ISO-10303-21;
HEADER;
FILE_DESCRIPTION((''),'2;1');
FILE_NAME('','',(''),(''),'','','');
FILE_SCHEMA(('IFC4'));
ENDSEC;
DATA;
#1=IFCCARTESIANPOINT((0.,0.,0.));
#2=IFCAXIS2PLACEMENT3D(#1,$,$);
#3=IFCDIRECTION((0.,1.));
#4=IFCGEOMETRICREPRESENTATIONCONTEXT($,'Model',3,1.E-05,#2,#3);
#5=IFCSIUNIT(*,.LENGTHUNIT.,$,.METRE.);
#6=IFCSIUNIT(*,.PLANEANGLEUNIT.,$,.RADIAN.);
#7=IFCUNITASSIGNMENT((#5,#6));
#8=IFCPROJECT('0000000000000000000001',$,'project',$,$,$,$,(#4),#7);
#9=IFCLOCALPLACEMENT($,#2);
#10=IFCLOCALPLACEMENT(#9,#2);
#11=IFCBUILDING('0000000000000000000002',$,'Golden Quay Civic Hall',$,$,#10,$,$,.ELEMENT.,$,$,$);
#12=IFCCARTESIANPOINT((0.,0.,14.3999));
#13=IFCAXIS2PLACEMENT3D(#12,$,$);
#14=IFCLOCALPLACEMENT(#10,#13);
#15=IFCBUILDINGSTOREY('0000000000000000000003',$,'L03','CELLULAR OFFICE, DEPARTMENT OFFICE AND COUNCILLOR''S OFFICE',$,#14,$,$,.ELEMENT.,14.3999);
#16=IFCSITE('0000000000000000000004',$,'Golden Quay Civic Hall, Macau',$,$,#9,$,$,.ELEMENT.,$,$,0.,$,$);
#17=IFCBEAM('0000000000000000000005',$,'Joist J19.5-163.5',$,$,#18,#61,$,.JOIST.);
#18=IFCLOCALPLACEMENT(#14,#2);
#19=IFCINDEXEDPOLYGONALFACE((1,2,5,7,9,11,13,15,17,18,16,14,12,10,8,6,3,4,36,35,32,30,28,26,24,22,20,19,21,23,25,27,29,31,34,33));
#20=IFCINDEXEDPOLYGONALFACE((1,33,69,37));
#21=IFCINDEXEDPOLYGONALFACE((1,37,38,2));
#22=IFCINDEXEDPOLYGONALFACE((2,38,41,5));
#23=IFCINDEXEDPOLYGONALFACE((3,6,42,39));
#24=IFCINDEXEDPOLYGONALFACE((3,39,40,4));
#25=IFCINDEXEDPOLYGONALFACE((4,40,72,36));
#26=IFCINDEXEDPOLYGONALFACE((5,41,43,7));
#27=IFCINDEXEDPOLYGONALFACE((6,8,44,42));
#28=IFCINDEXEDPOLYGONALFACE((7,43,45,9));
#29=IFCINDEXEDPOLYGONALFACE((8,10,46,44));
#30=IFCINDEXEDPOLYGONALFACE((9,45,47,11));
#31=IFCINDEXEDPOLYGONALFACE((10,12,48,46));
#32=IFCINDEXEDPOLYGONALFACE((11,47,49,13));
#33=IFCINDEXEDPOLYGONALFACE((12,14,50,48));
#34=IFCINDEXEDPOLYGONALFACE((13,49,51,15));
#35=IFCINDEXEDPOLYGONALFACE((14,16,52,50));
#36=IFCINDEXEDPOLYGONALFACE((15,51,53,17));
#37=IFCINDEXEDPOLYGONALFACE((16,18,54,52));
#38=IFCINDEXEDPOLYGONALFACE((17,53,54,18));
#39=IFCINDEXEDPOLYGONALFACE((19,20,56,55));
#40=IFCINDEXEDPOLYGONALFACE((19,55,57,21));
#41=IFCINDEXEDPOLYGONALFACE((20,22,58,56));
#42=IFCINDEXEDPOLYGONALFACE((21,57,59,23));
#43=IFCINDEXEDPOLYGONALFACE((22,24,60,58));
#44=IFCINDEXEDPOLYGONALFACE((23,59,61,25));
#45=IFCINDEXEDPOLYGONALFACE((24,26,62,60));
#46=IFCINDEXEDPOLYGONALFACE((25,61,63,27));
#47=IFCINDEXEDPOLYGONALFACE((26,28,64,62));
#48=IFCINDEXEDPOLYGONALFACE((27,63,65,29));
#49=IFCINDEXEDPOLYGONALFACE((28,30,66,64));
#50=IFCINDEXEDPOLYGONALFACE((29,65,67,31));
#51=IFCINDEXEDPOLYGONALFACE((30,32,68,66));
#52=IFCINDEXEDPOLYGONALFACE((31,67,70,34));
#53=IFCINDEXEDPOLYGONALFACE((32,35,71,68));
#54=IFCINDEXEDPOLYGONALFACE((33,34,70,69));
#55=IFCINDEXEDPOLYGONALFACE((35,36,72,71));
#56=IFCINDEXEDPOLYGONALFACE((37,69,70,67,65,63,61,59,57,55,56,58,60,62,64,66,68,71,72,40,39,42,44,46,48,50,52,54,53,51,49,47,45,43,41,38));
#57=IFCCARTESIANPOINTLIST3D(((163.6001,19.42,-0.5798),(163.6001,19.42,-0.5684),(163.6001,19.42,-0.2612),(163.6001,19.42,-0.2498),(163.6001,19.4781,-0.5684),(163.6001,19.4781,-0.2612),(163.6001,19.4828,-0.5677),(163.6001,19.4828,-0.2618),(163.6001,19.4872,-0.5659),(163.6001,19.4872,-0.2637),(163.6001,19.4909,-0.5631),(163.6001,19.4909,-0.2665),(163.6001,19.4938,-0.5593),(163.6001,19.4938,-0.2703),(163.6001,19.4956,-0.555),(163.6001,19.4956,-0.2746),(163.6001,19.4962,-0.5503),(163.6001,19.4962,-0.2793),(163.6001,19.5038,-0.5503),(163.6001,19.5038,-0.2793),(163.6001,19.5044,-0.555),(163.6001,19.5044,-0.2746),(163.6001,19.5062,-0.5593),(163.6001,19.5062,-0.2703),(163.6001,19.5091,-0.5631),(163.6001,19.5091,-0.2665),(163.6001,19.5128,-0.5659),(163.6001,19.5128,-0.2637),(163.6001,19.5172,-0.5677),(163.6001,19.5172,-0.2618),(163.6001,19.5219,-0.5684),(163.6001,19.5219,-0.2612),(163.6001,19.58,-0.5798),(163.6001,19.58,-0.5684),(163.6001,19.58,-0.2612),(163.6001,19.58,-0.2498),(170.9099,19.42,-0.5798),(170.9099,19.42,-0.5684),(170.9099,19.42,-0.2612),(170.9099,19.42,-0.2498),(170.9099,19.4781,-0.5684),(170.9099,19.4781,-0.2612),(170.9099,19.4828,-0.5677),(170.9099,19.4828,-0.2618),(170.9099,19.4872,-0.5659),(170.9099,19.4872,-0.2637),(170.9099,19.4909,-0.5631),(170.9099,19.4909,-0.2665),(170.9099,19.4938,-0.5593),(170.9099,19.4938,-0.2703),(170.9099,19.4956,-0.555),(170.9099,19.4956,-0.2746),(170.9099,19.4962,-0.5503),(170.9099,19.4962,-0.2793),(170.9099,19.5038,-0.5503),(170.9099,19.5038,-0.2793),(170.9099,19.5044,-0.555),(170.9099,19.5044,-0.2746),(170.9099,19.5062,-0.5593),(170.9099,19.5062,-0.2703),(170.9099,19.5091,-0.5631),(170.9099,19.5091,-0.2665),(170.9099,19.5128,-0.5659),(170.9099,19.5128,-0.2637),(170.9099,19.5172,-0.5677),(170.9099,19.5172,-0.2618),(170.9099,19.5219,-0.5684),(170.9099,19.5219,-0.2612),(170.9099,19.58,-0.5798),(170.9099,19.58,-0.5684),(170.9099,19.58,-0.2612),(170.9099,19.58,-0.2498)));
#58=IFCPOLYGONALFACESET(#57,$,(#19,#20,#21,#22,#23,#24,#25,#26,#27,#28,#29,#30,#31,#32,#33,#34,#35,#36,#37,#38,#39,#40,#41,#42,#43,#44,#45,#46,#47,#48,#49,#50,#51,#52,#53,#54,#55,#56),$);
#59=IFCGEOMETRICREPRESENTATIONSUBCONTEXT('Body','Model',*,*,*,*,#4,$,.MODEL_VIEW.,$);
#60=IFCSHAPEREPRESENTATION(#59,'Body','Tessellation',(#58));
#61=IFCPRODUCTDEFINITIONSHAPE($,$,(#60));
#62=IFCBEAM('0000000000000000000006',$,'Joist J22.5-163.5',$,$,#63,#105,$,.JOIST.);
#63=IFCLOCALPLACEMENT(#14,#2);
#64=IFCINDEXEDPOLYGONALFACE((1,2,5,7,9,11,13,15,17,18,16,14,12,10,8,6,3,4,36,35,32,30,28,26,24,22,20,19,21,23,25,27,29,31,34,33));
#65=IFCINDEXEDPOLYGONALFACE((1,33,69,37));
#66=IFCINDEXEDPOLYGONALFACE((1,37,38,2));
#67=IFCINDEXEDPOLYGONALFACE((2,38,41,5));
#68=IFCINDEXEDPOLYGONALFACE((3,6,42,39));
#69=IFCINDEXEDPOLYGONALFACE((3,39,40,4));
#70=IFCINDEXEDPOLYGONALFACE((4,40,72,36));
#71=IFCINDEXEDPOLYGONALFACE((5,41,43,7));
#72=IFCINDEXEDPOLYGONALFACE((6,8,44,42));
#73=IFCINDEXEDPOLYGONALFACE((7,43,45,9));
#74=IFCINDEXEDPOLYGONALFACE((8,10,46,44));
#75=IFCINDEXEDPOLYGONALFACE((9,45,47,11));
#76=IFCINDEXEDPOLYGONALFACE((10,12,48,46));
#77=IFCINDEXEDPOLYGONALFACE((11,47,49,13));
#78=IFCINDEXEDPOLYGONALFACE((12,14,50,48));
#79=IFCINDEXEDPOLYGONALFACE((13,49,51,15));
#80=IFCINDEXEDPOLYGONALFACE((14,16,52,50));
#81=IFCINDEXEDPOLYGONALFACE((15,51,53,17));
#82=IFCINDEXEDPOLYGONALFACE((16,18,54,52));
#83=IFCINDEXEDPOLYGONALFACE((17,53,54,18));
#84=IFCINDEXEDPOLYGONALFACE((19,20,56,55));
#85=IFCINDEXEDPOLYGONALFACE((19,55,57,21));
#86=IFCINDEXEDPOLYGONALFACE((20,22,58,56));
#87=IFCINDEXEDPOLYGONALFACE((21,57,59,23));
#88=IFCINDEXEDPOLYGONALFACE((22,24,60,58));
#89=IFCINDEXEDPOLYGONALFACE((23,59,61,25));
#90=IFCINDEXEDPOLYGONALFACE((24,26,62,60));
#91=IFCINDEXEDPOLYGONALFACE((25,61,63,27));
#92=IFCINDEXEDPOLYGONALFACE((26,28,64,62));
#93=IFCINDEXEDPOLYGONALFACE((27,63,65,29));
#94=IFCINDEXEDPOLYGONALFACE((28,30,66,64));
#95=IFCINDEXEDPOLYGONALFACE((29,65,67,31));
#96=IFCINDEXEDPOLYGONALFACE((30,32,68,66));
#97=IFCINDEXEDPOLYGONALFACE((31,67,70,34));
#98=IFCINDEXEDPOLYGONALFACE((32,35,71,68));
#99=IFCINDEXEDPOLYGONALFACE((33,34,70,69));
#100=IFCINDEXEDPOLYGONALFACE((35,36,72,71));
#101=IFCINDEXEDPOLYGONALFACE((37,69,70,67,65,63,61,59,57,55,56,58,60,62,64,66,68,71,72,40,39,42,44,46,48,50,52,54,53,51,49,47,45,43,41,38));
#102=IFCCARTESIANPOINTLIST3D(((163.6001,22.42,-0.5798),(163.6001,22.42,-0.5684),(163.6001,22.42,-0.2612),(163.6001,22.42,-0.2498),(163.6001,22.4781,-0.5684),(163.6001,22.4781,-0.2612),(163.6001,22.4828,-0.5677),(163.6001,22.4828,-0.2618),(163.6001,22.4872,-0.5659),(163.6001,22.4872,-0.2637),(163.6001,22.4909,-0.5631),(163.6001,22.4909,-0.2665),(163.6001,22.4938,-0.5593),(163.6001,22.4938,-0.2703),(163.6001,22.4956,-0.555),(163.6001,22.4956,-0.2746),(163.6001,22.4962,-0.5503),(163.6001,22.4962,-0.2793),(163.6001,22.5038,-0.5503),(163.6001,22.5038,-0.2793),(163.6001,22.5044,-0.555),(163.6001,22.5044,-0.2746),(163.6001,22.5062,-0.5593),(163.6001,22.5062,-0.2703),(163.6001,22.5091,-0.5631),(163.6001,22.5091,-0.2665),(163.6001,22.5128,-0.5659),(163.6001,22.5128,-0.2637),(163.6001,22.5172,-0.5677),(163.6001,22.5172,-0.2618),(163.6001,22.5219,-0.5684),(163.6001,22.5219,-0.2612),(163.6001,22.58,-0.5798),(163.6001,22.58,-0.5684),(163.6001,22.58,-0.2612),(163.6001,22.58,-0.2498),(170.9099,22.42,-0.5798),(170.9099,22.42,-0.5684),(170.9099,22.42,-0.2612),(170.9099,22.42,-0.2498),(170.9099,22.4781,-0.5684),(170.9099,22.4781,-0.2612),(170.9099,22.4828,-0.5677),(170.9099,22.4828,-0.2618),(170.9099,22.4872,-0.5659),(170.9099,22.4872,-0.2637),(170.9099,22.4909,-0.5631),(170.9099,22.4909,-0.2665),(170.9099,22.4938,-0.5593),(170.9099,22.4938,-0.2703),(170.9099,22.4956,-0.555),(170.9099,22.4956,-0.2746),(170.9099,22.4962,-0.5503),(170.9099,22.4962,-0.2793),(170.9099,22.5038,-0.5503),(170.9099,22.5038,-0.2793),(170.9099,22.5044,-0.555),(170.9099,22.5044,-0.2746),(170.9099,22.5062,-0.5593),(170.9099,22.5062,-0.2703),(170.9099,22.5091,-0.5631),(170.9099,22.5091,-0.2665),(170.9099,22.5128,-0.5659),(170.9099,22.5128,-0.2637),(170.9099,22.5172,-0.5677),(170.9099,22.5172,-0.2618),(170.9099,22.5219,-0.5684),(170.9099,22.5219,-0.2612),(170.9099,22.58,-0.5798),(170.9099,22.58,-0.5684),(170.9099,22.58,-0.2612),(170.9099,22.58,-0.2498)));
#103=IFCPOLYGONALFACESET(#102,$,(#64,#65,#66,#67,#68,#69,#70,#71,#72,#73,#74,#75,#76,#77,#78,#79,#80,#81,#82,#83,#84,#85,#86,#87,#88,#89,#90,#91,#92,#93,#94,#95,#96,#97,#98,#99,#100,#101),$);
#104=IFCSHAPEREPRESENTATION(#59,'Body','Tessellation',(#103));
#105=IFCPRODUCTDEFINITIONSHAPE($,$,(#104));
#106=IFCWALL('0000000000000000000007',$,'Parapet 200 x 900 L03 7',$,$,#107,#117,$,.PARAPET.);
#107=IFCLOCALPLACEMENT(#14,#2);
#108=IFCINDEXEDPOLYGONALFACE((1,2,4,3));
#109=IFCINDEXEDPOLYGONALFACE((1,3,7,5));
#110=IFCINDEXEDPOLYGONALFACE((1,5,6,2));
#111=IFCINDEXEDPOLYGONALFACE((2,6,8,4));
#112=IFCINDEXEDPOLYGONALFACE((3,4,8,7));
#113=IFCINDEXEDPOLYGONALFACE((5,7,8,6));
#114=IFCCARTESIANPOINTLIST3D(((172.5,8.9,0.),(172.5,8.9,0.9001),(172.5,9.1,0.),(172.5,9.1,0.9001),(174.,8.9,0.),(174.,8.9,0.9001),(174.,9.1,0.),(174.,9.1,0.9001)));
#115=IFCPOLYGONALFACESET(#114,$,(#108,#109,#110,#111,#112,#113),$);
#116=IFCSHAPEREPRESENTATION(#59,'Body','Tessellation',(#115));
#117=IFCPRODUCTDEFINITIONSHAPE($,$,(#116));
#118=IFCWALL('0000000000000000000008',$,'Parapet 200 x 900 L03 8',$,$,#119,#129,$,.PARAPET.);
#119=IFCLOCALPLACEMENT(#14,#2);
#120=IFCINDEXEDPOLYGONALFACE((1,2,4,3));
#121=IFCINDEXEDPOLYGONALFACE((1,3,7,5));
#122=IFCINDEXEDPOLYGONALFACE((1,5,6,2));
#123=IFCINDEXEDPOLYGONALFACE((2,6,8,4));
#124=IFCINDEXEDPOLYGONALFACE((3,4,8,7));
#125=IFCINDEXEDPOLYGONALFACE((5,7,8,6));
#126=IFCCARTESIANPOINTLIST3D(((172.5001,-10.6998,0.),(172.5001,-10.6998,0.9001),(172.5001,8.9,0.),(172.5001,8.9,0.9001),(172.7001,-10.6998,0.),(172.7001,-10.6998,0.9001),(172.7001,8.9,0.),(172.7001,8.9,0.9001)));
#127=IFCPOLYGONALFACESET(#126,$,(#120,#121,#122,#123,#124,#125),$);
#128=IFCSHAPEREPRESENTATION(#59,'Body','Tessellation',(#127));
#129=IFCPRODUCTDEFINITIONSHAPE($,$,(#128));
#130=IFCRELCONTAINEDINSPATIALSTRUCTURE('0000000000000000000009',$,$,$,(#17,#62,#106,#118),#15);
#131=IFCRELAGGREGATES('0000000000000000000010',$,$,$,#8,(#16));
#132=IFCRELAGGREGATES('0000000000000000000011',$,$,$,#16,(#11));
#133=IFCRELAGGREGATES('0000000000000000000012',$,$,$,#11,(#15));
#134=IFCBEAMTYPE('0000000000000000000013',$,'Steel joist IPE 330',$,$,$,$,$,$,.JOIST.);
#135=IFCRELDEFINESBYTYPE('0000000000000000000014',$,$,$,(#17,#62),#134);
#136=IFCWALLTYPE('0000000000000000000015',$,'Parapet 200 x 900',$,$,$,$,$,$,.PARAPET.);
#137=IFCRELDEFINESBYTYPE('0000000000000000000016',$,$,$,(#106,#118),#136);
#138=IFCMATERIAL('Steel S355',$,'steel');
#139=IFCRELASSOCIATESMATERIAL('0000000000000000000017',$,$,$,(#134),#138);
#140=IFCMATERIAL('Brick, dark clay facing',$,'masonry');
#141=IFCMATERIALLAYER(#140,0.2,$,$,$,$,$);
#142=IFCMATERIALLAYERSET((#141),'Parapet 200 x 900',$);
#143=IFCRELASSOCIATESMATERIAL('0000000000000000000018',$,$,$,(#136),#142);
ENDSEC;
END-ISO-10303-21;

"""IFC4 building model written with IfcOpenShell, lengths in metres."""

from ifc_helpers import new_model, si_unit, direction, frame, frame_2d, origin, origin_2d, place, context, subcontext, project, spatial, rectangle, i_section, extrude, material, layer, layer_set, material_profile, profile_set, type_object, element, save


model = new_model("IFC4")

# Units and contexts
model_context = context("Model", 3, precision=1e-05, world=origin(), true_north=direction((0.0, 1.0)))
body_context = subcontext(model_context, "Body", "Model", "MODEL_VIEW")
ifc_project = project(units=[si_unit("LENGTHUNIT", "METRE"), si_unit("PLANEANGLEUNIT", "RADIAN")], contexts=[model_context])

# Site, building, storey
site_placement = place(None, origin())
site = spatial("IfcSite", under=ifc_project, at=site_placement, Name="Golden Quay Civic Hall, Macau", CompositionType="ELEMENT", RefElevation=0.0)
building_placement = place(site_placement, origin())
building = spatial("IfcBuilding", under=site, at=building_placement, Name="Golden Quay Civic Hall", CompositionType="ELEMENT")
storey_placement = place(building_placement, frame((0.0, 0.0, 14.3999)))
storey = spatial("IfcBuildingStorey", under=building, at=storey_placement, Name="L03", Description="CELLULAR OFFICE, DEPARTMENT OFFICE AND COUNCILLOR'S OFFICE", CompositionType="ELEMENT", Elevation=14.3999)

# Beams
ifc_material_1 = material(Name="Steel S355", Category="steel")
ifc_material_profile_1 = material_profile(ifc_material_1, i_section(OverallWidth=0.1599, OverallDepth=0.3301, WebThickness=0.0076, FlangeThickness=0.0115, FilletRadius=0.0181, at=origin_2d()), Name="IPE 330")
ifc_profile_set_1 = profile_set([ifc_material_profile_1], Name="Steel S355")
beam_type_1 = type_object("IfcBeamType", Name="Steel joist IPE 330", PredefinedType="JOIST", material=ifc_profile_set_1)
for number, where, z_axis, x_axis, name in (
    (1, (163.6001, 19.5, -0.4148), (1.0, 0.0, 0.0), (0.0, 1.0, 0.0), "Joist J19.5-163.5"),
    (2, (163.6001, 22.5, -0.4148), (1.0, 0.0, 0.0), (0.0, 1.0, 0.0), "Joist J22.5-163.5"),
):
    element("IfcBeam", number, at=place(storey_placement, frame(where, z_axis=z_axis, x_axis=x_axis)), inside=storey, type_object=beam_type_1, Name=name, PredefinedType="JOIST", context=body_context, shape_type="SweptSolid", body=[
        extrude(i_section(OverallWidth=0.1599, OverallDepth=0.3301, WebThickness=0.0076, FlangeThickness=0.0115, FilletRadius=0.0181, at=origin_2d()), origin(), (0.0, 0.0, 1.0), 7.3098),
    ])

# Walls
ifc_material_2 = material(Name="Brick, dark clay facing", Category="masonry")
ifc_layer = layer(ifc_material_2, 0.2)
ifc_layer_set = layer_set([ifc_layer], Name="Parapet 200 x 900")
wall_type = type_object("IfcWallType", Name="Parapet 200 x 900", PredefinedType="PARAPET", material=ifc_layer_set)
wall_1_placement = place(storey_placement, frame((174.0, 9.0, 0.0), z_axis=(0.0, 0.0, 1.0), x_axis=(-1.0, 0.0, 0.0)))
element("IfcWall", 3, at=wall_1_placement, inside=storey, type_object=wall_type, Name="Parapet 200 x 900 L03 7", PredefinedType="PARAPET", context=body_context, shape_type="SweptSolid", body=[
    extrude(rectangle(XDim=1.5, YDim=0.2, at=frame_2d((0.75, 0.0))), origin(), (0.0, 0.0, 1.0), 0.9001),
])
wall_2_placement = place(storey_placement, frame((172.6001, 8.8999, 0.0), z_axis=(0.0, 0.0, 1.0), x_axis=(0.0, -1.0, 0.0)))
element("IfcWall", 4, at=wall_2_placement, inside=storey, type_object=wall_type, Name="Parapet 200 x 900 L03 8", PredefinedType="PARAPET", context=body_context, shape_type="SweptSolid", body=[
    extrude(rectangle(XDim=19.5999, YDim=0.2, at=frame_2d((9.7998, 0.0))), origin(), (0.0, 0.0, 1.0), 0.9001),
])

save(model, "model.ifc")
